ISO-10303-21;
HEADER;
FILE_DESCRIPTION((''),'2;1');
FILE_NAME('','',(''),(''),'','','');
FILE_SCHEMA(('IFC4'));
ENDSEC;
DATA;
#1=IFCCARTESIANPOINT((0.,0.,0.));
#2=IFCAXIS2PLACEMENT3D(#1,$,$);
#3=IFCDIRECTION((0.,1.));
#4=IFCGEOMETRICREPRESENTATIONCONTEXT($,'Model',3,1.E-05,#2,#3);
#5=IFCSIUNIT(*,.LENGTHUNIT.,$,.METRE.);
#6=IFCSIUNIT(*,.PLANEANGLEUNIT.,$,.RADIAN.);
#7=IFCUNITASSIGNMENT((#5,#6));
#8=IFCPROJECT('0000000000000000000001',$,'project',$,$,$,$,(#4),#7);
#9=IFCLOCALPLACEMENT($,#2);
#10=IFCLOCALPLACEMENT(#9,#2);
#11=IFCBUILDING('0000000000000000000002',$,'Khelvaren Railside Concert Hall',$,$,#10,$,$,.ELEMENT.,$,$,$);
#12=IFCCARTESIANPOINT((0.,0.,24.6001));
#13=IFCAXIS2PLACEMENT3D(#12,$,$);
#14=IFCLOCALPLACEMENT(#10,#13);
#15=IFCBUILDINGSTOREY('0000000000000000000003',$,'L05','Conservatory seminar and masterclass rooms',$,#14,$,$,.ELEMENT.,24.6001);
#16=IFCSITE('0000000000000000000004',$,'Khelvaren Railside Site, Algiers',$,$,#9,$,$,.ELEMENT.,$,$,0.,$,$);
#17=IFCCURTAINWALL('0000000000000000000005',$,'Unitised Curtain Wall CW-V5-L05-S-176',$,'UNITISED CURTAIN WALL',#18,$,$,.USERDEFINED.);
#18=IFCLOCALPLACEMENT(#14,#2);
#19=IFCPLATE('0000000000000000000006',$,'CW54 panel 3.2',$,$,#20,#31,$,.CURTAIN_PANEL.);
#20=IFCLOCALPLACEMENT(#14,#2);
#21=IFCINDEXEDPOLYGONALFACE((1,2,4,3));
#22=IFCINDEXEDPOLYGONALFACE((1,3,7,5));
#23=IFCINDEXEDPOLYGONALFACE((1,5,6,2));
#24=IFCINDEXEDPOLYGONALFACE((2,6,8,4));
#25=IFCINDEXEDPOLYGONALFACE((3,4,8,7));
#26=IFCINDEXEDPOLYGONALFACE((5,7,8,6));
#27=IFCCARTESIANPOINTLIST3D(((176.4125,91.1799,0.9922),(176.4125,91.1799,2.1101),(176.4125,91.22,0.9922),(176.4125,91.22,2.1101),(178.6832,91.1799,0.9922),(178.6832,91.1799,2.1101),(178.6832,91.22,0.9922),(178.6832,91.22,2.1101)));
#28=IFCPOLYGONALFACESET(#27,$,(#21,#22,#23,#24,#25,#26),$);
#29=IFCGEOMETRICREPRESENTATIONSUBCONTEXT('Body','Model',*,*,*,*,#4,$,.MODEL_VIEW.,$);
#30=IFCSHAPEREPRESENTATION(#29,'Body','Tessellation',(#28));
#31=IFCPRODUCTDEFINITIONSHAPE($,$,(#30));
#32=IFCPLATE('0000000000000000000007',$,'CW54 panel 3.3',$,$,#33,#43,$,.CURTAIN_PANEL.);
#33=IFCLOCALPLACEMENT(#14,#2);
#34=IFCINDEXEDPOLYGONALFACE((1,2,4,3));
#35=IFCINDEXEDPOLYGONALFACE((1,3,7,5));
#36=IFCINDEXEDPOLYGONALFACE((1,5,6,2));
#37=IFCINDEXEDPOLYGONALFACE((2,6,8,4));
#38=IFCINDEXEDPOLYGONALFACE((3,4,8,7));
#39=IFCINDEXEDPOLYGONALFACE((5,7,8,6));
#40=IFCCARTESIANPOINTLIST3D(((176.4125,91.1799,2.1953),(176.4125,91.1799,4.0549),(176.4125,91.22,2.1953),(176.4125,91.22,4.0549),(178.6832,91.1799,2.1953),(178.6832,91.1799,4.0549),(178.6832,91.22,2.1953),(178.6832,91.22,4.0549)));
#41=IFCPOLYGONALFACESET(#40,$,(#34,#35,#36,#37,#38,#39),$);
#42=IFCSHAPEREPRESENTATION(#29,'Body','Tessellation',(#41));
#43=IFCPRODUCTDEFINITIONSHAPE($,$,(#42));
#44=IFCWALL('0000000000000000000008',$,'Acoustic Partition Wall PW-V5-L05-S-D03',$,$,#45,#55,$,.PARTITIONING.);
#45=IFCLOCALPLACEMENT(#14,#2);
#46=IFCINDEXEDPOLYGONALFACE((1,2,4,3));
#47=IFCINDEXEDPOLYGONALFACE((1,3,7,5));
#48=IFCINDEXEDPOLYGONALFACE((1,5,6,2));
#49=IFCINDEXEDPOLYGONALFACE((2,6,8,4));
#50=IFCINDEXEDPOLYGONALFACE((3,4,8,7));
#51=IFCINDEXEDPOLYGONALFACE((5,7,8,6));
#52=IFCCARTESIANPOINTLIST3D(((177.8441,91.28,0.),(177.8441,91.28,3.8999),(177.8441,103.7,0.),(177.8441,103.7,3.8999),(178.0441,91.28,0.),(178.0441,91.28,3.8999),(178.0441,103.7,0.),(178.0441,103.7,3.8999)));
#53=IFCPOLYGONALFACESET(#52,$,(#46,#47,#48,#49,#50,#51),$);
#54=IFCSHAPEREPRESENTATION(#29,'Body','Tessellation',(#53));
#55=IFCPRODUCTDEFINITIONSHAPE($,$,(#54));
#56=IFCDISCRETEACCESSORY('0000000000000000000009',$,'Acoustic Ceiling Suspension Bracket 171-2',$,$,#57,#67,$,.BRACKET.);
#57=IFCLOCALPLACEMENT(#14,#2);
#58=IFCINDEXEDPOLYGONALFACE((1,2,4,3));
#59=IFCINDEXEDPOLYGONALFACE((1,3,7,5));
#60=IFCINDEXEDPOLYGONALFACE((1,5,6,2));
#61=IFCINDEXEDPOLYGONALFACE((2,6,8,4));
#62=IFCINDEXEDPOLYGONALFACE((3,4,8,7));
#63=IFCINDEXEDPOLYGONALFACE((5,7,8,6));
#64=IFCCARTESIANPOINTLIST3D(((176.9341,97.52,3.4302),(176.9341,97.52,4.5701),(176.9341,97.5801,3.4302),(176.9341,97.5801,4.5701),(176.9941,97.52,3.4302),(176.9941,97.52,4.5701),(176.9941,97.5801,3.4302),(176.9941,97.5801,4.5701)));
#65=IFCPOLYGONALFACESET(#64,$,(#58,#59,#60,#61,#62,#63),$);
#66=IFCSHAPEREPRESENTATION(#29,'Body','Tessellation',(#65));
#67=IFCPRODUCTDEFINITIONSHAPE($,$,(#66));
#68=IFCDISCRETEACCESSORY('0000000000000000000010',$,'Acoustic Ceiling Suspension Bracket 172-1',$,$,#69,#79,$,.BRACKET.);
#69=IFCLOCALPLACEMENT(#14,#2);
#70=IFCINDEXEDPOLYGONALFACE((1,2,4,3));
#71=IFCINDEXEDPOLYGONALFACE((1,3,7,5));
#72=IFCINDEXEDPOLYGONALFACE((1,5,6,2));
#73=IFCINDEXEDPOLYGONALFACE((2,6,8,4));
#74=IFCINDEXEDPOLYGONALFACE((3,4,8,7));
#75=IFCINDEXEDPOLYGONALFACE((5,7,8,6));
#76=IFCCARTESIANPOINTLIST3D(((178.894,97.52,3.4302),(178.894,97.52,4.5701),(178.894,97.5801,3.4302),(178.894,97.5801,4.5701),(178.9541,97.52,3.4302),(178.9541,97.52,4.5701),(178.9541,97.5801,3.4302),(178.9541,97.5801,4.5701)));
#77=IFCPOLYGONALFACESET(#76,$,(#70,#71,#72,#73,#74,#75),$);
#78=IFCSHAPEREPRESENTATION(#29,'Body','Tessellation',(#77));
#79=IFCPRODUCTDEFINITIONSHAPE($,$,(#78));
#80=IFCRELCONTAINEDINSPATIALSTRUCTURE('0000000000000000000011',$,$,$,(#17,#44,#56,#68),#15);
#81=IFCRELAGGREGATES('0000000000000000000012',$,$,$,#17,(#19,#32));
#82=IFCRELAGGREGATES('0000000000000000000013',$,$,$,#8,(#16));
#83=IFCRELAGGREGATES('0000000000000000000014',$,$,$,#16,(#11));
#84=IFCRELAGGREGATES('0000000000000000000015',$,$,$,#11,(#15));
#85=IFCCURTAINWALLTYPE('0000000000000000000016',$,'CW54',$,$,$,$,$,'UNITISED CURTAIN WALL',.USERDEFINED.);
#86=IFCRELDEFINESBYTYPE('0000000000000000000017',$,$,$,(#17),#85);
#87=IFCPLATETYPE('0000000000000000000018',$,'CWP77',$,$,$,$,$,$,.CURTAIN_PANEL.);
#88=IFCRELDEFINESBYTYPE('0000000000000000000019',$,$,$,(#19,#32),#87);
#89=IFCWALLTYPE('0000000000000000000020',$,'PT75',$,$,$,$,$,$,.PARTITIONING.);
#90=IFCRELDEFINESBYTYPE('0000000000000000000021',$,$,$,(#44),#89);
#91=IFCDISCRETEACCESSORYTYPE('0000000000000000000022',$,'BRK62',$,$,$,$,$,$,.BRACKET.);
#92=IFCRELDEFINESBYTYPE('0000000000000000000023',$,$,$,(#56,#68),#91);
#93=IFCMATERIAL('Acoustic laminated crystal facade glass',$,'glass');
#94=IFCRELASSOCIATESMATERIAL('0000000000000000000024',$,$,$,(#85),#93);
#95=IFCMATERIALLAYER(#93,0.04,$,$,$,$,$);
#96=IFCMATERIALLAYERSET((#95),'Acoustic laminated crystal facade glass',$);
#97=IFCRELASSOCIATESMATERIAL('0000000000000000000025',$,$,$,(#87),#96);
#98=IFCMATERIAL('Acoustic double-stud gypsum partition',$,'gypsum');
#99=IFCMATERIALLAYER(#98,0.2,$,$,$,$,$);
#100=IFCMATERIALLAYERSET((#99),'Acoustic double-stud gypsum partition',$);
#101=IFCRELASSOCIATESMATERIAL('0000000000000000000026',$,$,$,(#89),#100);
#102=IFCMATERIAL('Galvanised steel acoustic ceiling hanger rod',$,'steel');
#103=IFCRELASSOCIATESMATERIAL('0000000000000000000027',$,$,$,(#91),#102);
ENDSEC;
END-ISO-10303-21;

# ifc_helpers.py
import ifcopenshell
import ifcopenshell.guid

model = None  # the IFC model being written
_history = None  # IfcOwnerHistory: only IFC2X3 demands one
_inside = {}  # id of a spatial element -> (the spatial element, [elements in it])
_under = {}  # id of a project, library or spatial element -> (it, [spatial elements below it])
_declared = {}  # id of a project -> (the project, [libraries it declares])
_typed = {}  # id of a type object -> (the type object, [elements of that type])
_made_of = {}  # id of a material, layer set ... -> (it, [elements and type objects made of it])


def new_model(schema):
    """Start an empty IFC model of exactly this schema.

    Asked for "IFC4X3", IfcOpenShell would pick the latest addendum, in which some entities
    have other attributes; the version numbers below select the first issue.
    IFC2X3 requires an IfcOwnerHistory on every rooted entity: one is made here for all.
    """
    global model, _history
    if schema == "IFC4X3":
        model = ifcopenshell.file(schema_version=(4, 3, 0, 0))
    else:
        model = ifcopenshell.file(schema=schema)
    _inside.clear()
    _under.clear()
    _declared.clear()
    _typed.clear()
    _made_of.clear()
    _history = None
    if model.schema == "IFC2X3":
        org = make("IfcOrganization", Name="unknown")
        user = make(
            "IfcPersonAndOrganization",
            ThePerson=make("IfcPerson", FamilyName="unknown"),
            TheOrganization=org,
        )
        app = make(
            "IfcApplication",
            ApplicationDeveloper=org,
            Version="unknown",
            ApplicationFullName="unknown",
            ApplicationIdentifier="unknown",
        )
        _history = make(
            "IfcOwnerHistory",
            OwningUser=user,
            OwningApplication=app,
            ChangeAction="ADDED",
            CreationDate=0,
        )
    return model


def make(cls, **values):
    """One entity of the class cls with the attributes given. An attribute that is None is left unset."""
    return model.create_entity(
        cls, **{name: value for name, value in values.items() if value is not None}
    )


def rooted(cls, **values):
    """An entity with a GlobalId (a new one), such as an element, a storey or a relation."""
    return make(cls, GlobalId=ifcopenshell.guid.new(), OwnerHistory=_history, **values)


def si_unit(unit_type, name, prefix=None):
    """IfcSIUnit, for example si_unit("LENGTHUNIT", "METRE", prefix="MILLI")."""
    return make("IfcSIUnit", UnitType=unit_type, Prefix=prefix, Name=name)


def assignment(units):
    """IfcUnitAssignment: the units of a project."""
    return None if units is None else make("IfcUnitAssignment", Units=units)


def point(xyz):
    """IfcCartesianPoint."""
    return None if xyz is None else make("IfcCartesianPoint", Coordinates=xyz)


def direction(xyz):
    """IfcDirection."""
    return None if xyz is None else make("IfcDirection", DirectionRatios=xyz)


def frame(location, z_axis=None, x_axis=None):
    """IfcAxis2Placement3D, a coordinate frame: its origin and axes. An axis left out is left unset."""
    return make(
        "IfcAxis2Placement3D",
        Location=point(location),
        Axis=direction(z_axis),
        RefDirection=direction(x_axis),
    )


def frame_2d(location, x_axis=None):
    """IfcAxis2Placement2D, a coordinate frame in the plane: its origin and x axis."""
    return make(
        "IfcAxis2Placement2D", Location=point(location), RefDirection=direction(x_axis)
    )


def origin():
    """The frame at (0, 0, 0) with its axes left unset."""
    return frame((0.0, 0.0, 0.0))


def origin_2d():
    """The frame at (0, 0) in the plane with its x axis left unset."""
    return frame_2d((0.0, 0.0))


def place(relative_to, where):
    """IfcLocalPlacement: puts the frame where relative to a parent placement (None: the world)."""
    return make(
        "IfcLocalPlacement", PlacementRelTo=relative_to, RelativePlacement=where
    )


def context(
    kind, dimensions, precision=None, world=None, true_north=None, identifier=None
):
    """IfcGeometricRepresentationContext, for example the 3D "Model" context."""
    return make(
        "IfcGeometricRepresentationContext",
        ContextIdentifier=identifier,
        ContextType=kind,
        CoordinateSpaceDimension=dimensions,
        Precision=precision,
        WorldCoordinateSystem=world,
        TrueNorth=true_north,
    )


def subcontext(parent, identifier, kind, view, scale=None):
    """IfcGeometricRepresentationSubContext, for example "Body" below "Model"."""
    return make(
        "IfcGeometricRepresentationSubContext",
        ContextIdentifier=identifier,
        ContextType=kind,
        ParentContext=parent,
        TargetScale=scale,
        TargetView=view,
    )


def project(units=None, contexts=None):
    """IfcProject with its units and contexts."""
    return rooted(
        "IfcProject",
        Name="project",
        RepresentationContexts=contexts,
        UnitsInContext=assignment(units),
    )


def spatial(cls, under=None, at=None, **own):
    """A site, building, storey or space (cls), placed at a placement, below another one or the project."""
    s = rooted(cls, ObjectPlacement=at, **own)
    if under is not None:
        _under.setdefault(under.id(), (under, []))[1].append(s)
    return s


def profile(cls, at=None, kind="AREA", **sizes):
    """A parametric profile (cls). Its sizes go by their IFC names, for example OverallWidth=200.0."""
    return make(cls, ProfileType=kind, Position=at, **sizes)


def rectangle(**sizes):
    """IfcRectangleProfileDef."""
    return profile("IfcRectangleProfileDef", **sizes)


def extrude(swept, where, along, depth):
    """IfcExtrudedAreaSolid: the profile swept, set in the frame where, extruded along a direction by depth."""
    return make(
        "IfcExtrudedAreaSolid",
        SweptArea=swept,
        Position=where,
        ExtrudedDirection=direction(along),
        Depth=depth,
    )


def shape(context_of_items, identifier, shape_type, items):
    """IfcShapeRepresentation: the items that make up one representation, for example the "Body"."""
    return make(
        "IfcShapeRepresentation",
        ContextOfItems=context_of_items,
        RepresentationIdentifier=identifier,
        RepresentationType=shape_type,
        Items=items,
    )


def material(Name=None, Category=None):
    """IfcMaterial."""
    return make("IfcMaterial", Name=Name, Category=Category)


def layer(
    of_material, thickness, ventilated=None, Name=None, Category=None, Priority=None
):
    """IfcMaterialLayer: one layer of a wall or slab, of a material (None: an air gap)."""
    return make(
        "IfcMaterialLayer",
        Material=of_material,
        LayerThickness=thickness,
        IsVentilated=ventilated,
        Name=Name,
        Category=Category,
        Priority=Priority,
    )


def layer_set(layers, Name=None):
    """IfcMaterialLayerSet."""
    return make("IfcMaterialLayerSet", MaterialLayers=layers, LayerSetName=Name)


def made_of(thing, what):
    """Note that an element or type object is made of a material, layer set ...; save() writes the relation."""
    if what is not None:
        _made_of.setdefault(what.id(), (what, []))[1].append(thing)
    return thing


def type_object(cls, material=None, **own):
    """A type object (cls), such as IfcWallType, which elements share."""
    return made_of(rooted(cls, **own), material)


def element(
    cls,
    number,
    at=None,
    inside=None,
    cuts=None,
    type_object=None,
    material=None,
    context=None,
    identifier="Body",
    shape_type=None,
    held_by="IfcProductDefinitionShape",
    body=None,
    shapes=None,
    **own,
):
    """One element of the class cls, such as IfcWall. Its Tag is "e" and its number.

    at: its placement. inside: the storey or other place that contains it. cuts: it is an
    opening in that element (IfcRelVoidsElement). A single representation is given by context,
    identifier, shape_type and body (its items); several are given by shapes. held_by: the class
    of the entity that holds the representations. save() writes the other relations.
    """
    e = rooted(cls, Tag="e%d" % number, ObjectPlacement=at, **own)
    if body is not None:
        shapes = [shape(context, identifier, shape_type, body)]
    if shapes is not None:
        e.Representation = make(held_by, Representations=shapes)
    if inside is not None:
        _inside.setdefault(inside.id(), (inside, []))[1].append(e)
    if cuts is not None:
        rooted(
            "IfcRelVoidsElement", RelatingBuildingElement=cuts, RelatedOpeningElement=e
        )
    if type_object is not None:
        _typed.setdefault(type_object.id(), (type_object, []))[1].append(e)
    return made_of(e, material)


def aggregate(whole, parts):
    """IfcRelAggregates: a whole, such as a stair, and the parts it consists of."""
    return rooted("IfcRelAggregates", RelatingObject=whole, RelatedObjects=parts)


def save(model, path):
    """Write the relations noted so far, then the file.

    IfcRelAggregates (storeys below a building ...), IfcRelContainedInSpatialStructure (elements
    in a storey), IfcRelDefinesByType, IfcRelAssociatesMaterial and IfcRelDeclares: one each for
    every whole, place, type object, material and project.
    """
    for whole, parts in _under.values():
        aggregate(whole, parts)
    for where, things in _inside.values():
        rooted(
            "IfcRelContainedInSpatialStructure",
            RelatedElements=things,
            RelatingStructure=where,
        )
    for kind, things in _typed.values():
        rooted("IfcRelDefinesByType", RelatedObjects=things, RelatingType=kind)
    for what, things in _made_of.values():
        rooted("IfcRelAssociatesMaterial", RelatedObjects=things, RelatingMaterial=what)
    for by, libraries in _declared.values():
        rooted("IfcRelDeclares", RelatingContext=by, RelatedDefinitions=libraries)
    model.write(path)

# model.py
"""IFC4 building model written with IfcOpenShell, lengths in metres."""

from ifc_helpers import new_model, si_unit, direction, frame, frame_2d, origin, origin_2d, place, context, subcontext, project, spatial, rectangle, extrude, material, layer, layer_set, type_object, element, aggregate, save


model = new_model("IFC4")

# Units and contexts
model_context = context("Model", 3, precision=1e-05, world=origin(), true_north=direction((0.0, 1.0)))
body_context = subcontext(model_context, "Body", "Model", "MODEL_VIEW")
ifc_project = project(units=[si_unit("LENGTHUNIT", "METRE"), si_unit("PLANEANGLEUNIT", "RADIAN")], contexts=[model_context])

# Site, building, storey
site_placement = place(None, origin())
site = spatial("IfcSite", under=ifc_project, at=site_placement, Name="Khelvaren Railside Site, Algiers", CompositionType="ELEMENT", RefElevation=0.0)
building_placement = place(site_placement, origin())
building = spatial("IfcBuilding", under=site, at=building_placement, Name="Khelvaren Railside Concert Hall", CompositionType="ELEMENT")
storey_placement = place(building_placement, frame((0.0, 0.0, 24.6001)))
storey = spatial("IfcBuildingStorey", under=building, at=storey_placement, Name="L05", Description="Conservatory seminar and masterclass rooms", CompositionType="ELEMENT", Elevation=24.6001)

# Shared definitions
ifc_material_1 = material(Name="Acoustic laminated crystal facade glass", Category="glass")

# Curtain wall
curtain_wall_type_1 = type_object("IfcCurtainWallType", Name="CW54", ElementType="UNITISED CURTAIN WALL", PredefinedType="USERDEFINED", material=ifc_material_1)
curtain_wall_1_placement = place(storey_placement, origin())
curtain_wall_1 = element("IfcCurtainWall", 1, at=curtain_wall_1_placement, inside=storey, type_object=curtain_wall_type_1, Name="Unitised Curtain Wall CW-V5-L05-S-176", ObjectType="UNITISED CURTAIN WALL", PredefinedType="USERDEFINED")

# Plates
ifc_layer_1 = layer(ifc_material_1, 0.04)
ifc_layer_set_1 = layer_set([ifc_layer_1], Name="Acoustic laminated crystal facade glass")
plate_type = type_object("IfcPlateType", Name="CWP77", PredefinedType="CURTAIN_PANEL", material=ifc_layer_set_1)
plate_1_placement = place(storey_placement, frame((177.5479, 91.2, 0.9922), z_axis=(0.0, 0.0, 1.0), x_axis=(-1.0, 0.0, 0.0)))
plate_1 = element("IfcPlate", 2, at=plate_1_placement, type_object=plate_type, Name="CW54 panel 3.2", PredefinedType="CURTAIN_PANEL", context=body_context, shape_type="SweptSolid", body=[
    extrude(rectangle(XDim=2.2708, YDim=0.04, at=origin_2d()), origin(), (0.0, 0.0, 1.0), 1.1179),
])
plate_2_placement = place(storey_placement, frame((177.5479, 91.2, 2.1953), z_axis=(0.0, 0.0, 1.0), x_axis=(-1.0, 0.0, 0.0)))
plate_2 = element("IfcPlate", 3, at=plate_2_placement, type_object=plate_type, Name="CW54 panel 3.3", PredefinedType="CURTAIN_PANEL", context=body_context, shape_type="SweptSolid", body=[
    extrude(rectangle(XDim=2.2708, YDim=0.04, at=origin_2d()), origin(), (0.0, 0.0, 1.0), 1.8596),
])
aggregate(curtain_wall_1, [plate_1, plate_2])

# Wall
ifc_material_2 = material(Name="Acoustic double-stud gypsum partition", Category="gypsum")
ifc_layer_2 = layer(ifc_material_2, 0.2)
ifc_layer_set_2 = layer_set([ifc_layer_2], Name="Acoustic double-stud gypsum partition")
wall_type = type_object("IfcWallType", Name="PT75", PredefinedType="PARTITIONING", material=ifc_layer_set_2)
wall_placement = place(storey_placement, frame((177.9441, 91.28, 0.0), z_axis=(0.0, 0.0, 1.0), x_axis=(0.0, 1.0, 0.0)))
element("IfcWall", 4, at=wall_placement, inside=storey, type_object=wall_type, Name="Acoustic Partition Wall PW-V5-L05-S-D03", PredefinedType="PARTITIONING", context=body_context, shape_type="SweptSolid", body=[
    extrude(rectangle(XDim=12.4199, YDim=0.2, at=frame_2d((6.21, 0.0))), origin(), (0.0, 0.0, 1.0), 3.8999),
])

# Discrete accessories
ifc_material_3 = material(Name="Galvanised steel acoustic ceiling hanger rod", Category="steel")
discrete_accessory_type = type_object("IfcDiscreteAccessoryType", Name="BRK62", PredefinedType="BRACKET", material=ifc_material_3)
for number, where, z_axis, x_axis, name in (
    (5, (176.9641, 97.55, 3.4302), (0.0, 0.0, 1.0), (1.0, 0.0, 0.0), "Acoustic Ceiling Suspension Bracket 171-2"),
    (6, (178.9241, 97.55, 3.4302), (0.0, 0.0, 1.0), (1.0, 0.0, 0.0), "Acoustic Ceiling Suspension Bracket 172-1"),
):
    element("IfcDiscreteAccessory", number, at=place(storey_placement, frame(where, z_axis=z_axis, x_axis=x_axis)), inside=storey, type_object=discrete_accessory_type, Name=name, PredefinedType="BRACKET", context=body_context, shape_type="SweptSolid", body=[
        extrude(rectangle(XDim=0.0601, YDim=0.0601, at=origin_2d()), origin(), (0.0, 0.0, 1.0), 1.1399),
    ])

save(model, "model.ifc")
